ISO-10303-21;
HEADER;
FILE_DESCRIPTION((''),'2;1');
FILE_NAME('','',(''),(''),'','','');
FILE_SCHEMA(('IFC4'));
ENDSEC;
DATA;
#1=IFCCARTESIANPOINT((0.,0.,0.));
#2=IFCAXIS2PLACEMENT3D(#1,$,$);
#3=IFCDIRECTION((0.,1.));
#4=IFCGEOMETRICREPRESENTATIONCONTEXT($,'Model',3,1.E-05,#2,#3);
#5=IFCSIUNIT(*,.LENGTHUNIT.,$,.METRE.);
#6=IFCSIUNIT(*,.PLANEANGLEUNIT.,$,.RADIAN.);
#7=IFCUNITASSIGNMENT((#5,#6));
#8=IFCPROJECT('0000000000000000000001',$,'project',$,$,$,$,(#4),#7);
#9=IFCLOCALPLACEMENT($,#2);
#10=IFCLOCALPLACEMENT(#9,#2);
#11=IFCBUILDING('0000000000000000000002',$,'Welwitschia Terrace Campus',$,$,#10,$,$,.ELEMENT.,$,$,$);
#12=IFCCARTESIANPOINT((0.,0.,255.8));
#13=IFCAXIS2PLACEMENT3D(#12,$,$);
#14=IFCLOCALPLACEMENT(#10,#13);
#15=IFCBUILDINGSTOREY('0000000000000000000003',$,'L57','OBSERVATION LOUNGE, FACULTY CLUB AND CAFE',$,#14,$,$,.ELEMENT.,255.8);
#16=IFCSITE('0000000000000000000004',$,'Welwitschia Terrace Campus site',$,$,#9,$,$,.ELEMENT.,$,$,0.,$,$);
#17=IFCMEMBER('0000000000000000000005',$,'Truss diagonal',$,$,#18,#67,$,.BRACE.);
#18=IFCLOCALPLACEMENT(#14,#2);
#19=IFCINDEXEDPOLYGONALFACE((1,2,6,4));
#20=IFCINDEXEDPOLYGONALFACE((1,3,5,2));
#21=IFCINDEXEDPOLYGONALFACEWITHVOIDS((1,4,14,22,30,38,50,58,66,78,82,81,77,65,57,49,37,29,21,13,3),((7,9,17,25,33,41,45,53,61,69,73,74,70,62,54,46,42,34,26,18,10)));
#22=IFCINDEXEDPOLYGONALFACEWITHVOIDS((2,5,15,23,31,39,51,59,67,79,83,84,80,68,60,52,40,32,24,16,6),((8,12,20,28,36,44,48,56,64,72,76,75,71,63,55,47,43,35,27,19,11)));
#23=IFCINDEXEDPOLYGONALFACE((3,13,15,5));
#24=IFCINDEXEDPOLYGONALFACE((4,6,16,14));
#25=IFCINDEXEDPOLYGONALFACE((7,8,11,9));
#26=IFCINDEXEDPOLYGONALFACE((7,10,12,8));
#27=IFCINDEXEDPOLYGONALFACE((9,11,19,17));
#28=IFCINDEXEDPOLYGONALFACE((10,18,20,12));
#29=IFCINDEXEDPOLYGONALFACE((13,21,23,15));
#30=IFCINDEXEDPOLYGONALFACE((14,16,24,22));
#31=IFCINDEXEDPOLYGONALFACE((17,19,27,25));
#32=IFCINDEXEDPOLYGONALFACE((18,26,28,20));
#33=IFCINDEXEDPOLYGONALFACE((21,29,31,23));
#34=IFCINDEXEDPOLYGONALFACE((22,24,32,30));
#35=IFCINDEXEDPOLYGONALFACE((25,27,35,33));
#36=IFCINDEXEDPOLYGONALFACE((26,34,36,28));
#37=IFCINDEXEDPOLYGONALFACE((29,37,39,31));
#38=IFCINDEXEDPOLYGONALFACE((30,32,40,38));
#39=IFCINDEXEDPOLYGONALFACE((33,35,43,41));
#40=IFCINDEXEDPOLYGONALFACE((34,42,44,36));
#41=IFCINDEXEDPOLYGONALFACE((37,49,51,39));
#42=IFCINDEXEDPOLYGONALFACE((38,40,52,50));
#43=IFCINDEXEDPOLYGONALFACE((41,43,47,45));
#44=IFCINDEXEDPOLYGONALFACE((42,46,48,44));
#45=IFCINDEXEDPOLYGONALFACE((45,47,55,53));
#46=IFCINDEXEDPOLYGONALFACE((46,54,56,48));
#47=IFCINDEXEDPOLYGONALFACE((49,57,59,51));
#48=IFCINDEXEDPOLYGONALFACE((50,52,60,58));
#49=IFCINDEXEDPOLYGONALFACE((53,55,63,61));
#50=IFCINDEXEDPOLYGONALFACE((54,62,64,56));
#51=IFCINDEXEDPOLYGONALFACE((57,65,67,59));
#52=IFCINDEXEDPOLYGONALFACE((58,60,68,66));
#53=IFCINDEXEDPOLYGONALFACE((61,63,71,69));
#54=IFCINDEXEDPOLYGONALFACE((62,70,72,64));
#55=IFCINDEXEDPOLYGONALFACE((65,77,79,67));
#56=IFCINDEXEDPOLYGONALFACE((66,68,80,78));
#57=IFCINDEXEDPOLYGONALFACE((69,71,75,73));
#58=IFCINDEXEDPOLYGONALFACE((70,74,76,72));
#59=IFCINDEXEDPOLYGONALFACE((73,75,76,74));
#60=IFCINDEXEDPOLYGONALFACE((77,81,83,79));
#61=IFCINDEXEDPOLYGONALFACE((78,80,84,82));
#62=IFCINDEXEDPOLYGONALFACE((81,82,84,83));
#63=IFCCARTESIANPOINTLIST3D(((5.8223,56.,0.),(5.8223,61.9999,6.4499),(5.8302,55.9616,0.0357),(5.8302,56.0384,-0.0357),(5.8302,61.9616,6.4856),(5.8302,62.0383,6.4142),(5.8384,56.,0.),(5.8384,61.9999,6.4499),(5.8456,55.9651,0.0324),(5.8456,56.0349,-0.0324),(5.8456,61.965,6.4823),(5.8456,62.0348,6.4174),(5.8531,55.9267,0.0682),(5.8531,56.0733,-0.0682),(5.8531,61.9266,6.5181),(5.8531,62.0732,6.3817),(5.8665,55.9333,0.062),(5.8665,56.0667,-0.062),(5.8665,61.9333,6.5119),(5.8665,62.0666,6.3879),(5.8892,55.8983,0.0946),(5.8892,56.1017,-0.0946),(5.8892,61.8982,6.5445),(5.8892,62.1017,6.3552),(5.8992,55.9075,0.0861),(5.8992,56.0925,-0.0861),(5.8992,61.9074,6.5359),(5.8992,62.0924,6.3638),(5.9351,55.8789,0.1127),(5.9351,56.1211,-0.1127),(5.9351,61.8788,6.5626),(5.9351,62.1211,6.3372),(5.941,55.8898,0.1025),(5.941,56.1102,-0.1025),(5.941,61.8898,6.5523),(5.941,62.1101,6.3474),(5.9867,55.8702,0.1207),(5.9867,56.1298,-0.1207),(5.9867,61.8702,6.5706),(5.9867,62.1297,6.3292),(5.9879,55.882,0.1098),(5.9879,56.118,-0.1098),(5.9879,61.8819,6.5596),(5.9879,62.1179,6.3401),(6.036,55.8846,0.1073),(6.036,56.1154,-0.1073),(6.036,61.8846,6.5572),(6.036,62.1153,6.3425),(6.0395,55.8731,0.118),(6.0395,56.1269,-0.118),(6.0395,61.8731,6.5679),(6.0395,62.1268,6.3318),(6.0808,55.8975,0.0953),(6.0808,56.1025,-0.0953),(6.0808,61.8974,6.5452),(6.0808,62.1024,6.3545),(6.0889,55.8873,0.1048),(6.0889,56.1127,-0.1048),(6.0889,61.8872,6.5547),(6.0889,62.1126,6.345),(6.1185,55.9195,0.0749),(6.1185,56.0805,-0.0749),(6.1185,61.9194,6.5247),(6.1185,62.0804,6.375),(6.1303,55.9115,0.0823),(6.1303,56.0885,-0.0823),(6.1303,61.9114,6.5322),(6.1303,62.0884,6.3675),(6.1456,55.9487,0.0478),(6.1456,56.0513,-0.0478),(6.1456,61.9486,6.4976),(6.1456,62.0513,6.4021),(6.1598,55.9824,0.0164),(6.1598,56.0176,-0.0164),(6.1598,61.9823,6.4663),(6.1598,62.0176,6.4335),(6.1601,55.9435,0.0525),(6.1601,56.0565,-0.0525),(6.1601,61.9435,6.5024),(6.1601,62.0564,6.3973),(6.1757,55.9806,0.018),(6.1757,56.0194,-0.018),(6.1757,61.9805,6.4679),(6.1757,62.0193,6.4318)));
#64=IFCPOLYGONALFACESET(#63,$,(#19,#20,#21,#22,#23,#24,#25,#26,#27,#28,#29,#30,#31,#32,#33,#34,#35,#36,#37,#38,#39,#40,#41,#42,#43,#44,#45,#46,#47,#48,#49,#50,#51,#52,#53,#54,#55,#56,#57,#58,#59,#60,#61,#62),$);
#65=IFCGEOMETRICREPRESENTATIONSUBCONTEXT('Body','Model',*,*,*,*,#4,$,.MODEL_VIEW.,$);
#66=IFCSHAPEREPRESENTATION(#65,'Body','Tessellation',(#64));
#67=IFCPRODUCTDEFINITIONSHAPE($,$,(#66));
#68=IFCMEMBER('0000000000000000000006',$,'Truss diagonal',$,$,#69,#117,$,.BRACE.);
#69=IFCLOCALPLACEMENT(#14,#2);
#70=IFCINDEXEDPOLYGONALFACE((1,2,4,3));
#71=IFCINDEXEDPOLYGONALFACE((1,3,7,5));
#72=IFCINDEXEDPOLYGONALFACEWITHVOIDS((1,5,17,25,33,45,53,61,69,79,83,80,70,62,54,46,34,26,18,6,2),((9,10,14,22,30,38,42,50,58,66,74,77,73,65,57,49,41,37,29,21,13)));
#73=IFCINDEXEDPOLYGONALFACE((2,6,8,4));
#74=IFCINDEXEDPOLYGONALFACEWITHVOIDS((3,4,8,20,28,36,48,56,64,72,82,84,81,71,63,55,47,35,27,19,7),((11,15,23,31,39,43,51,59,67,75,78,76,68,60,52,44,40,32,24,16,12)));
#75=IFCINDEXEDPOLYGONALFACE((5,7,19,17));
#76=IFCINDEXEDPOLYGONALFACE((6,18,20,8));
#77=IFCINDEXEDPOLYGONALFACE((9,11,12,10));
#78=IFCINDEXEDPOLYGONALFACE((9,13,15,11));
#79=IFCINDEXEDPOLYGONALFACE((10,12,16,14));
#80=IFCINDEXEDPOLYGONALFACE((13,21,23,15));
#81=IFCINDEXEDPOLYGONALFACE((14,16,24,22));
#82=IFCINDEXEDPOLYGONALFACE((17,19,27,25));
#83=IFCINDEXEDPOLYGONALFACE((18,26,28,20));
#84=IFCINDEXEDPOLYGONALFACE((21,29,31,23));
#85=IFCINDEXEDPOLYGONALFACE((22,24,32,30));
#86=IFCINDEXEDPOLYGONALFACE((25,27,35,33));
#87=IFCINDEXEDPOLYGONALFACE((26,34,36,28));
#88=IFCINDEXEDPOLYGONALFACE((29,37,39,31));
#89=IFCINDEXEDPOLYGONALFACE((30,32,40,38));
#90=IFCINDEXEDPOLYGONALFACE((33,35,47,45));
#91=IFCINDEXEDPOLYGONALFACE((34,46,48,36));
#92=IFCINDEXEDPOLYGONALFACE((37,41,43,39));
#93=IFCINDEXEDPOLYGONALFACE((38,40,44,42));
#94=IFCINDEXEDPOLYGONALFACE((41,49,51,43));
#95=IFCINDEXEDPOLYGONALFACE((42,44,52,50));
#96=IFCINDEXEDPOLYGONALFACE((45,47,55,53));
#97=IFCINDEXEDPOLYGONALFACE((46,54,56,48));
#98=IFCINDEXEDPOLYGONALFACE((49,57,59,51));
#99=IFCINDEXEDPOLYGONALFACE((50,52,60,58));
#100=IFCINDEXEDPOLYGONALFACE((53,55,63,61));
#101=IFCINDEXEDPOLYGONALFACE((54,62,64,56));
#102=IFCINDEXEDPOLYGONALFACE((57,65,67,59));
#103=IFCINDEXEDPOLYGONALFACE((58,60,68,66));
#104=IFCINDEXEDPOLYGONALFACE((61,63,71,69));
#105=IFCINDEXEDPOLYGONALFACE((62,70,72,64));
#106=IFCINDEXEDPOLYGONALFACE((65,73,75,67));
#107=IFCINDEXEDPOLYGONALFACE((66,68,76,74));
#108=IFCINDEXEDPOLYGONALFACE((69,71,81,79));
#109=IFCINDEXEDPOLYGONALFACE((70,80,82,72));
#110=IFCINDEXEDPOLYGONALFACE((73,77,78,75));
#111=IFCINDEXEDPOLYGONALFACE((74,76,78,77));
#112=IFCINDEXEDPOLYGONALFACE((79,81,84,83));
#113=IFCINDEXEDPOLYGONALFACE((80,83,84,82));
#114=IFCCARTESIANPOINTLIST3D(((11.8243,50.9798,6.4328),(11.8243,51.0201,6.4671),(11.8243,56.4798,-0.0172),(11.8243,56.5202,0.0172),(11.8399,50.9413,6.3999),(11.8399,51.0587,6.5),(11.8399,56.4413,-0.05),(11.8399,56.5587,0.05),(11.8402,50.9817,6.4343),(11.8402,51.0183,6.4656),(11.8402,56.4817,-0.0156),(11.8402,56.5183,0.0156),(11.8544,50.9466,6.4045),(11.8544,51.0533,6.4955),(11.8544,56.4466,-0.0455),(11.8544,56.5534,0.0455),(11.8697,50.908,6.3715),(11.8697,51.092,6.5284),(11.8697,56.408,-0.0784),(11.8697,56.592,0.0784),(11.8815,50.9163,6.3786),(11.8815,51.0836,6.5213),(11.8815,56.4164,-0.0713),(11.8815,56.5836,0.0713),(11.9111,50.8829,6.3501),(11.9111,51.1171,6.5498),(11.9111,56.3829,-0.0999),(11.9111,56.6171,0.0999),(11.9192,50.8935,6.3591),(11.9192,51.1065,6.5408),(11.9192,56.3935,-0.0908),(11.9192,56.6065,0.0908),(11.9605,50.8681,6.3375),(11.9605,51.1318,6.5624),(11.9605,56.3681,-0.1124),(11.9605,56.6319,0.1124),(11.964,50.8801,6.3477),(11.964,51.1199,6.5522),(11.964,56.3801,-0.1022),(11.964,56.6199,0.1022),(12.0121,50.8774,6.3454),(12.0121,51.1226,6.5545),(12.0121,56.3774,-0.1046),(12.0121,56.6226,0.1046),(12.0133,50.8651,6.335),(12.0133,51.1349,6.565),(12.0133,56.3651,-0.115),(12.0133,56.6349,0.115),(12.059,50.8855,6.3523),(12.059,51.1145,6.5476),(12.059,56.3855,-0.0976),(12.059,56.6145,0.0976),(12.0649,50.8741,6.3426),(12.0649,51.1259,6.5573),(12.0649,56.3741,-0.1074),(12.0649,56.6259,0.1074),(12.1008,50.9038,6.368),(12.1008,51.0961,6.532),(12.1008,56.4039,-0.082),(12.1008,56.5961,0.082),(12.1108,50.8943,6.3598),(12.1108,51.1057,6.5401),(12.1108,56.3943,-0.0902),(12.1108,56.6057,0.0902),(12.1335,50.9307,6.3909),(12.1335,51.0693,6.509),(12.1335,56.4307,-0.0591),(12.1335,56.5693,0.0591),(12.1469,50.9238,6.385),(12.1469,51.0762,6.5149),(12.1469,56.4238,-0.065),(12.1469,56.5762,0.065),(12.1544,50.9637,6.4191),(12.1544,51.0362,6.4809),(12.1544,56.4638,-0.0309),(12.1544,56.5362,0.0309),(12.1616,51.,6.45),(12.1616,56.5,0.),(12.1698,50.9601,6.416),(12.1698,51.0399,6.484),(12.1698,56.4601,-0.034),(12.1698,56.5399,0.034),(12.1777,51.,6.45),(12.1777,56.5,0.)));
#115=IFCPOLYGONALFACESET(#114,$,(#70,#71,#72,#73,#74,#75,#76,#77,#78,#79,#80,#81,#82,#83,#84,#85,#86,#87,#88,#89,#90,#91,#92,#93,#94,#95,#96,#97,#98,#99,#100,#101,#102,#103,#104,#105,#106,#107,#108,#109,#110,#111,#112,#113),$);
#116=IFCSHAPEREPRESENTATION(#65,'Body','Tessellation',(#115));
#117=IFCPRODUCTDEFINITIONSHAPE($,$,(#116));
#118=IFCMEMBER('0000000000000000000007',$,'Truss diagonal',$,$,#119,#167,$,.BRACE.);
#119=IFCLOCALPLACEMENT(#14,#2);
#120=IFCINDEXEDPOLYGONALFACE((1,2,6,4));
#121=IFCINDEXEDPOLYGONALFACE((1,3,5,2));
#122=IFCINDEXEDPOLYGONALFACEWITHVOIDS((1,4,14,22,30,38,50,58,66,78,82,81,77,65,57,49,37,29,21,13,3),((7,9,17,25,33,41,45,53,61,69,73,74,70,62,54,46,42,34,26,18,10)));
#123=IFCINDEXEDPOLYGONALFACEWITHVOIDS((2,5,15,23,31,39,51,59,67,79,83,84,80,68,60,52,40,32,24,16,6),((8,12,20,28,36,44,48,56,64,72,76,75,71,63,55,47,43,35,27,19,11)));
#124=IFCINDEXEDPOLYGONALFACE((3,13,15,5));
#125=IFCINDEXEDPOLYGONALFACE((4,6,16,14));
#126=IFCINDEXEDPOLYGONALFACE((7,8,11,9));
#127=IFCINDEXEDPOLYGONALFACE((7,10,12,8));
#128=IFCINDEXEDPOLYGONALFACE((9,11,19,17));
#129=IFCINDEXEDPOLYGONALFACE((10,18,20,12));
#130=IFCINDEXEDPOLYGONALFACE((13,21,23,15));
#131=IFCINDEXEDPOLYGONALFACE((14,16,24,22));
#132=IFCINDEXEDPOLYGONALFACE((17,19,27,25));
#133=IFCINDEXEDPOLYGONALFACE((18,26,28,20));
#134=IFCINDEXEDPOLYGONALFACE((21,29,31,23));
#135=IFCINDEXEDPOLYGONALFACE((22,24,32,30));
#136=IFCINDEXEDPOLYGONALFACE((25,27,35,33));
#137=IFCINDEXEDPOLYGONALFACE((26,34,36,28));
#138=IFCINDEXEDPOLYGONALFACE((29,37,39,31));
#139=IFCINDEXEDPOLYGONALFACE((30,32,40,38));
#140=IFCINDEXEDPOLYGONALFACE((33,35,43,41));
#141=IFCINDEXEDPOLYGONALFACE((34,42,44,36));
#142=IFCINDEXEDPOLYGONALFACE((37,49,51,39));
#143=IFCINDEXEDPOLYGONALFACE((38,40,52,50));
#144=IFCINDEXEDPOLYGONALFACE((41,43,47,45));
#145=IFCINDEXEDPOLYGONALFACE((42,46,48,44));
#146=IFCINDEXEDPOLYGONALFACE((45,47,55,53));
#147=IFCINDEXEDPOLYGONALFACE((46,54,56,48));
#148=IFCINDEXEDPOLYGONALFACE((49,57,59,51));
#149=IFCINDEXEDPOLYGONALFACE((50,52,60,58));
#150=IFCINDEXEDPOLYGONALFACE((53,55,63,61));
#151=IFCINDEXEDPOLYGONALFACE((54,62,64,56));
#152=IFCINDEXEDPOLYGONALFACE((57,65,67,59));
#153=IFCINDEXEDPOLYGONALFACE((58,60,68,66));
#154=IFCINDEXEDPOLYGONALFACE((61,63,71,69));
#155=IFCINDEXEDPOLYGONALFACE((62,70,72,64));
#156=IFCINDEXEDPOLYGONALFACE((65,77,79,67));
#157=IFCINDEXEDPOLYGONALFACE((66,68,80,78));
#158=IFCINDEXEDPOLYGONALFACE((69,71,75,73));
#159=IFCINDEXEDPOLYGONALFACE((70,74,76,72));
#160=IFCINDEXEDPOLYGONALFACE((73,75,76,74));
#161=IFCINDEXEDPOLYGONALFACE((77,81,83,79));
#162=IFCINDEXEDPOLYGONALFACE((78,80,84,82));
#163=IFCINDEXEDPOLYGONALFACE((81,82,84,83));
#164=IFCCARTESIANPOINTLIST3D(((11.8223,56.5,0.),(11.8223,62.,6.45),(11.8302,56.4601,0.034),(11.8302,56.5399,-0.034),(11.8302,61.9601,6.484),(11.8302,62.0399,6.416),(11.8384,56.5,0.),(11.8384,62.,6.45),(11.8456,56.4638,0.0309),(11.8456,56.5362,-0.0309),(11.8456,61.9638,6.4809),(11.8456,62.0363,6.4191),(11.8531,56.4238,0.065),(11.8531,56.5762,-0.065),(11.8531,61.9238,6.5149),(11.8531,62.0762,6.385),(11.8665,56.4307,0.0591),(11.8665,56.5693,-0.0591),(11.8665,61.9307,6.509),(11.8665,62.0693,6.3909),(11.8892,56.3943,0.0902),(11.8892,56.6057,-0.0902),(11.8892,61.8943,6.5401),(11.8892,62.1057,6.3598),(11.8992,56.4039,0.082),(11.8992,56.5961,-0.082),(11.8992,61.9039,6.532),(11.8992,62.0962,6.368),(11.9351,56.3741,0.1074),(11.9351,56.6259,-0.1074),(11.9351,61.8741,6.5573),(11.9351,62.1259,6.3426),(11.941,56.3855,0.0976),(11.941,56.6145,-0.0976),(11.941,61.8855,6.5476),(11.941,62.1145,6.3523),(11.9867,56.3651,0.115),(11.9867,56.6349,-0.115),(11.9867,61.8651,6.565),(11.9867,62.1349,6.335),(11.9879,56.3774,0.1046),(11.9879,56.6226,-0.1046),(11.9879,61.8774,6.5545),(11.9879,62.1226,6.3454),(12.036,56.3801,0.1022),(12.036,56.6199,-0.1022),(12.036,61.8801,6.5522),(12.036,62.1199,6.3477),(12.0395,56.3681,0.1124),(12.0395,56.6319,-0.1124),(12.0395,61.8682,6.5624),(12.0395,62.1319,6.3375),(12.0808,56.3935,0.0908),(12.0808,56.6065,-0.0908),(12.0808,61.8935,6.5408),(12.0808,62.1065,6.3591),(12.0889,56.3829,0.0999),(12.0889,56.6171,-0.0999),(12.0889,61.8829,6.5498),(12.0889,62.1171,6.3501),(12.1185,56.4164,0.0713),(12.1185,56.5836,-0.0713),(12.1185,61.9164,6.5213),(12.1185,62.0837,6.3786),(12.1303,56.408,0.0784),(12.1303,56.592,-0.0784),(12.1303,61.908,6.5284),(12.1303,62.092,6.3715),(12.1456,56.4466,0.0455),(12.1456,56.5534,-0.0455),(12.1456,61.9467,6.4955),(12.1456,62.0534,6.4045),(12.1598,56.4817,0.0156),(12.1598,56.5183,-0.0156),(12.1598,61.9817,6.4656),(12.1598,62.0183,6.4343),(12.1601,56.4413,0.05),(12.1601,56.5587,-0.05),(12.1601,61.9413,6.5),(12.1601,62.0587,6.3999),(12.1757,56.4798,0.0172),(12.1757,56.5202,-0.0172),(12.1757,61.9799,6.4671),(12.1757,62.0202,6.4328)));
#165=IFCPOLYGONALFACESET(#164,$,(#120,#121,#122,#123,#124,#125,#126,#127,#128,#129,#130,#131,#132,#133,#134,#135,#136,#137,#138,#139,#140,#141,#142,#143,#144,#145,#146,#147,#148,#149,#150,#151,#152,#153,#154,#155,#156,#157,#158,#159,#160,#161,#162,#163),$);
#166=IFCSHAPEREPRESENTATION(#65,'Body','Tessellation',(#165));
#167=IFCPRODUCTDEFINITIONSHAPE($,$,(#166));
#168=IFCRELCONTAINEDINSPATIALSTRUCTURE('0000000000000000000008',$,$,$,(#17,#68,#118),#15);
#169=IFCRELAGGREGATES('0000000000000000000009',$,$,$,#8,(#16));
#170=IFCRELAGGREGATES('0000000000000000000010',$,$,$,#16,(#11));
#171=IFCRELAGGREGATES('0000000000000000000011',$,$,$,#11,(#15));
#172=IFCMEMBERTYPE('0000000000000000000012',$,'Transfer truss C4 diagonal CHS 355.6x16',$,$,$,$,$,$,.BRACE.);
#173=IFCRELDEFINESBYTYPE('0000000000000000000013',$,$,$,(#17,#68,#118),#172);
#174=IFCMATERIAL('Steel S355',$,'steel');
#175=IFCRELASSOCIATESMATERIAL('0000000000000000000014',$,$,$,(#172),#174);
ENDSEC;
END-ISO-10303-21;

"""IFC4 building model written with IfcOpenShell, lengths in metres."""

from ifc_helpers import new_model, si_unit, direction, frame, origin, origin_2d, place, context, subcontext, project, spatial, hollow_circle, extrude, material, material_profile, profile_set, type_object, element, save


model = new_model("IFC4")

# Units and contexts
model_context = context("Model", 3, precision=1e-05, world=origin(), true_north=direction((0.0, 1.0)))
body_context = subcontext(model_context, "Body", "Model", "MODEL_VIEW")
ifc_project = project(units=[si_unit("LENGTHUNIT", "METRE"), si_unit("PLANEANGLEUNIT", "RADIAN")], contexts=[model_context])

# Site, building, storey
site_placement = place(None, origin())
site = spatial("IfcSite", under=ifc_project, at=site_placement, Name="Welwitschia Terrace Campus site", CompositionType="ELEMENT", RefElevation=0.0)
building_placement = place(site_placement, origin())
building = spatial("IfcBuilding", under=site, at=building_placement, Name="Welwitschia Terrace Campus", CompositionType="ELEMENT")
storey_placement = place(building_placement, frame((0.0, 0.0, 255.8)))
storey = spatial("IfcBuildingStorey", under=building, at=storey_placement, Name="L57", Description="OBSERVATION LOUNGE, FACULTY CLUB AND CAFE", CompositionType="ELEMENT", Elevation=255.8)

# Members
ifc_material_1 = material(Name="Steel S355", Category="steel")
ifc_material_profile_1 = material_profile(ifc_material_1, hollow_circle(Radius=0.1777, WallThickness=0.0161, at=origin_2d()))
ifc_profile_set_1 = profile_set([ifc_material_profile_1], Name="Steel S355")
member_type_1 = type_object("IfcMemberType", Name="Transfer truss C4 diagonal CHS 355.6x16", PredefinedType="BRACE", material=ifc_profile_set_1)
member_1_placement = place(storey_placement, frame((6.0, 56.0, 0.0), z_axis=(0.0, 0.681107, 0.732184), x_axis=(-1.0, 0.0, 0.0)))
element("IfcMember", 1, at=member_1_placement, inside=storey, type_object=member_type_1, Name="Truss diagonal", PredefinedType="BRACE", context=body_context, shape_type="SweptSolid", body=[
    extrude(hollow_circle(Radius=0.1777, WallThickness=0.0161, at=origin_2d()), origin(), (0.0, 0.0, 1.0), 8.8091),
])
for number, where, z_axis, x_axis, name in (
    (2, (12.0, 56.5, 0.0), (0.0, -0.648849, 0.760917), (1.0, 0.0, 0.0), "Truss diagonal"),
    (3, (12.0, 56.5, 0.0), (0.0, 0.648849, 0.760917), (-1.0, 0.0, 0.0), "Truss diagonal"),
):
    element("IfcMember", number, at=place(storey_placement, frame(where, z_axis=z_axis, x_axis=x_axis)), inside=storey, type_object=member_type_1, Name=name, PredefinedType="BRACE", context=body_context, shape_type="SweptSolid", body=[
        extrude(hollow_circle(Radius=0.1777, WallThickness=0.0161, at=origin_2d()), origin(), (0.0, 0.0, 1.0), 8.4766),
    ])

save(model, "model.ifc")
